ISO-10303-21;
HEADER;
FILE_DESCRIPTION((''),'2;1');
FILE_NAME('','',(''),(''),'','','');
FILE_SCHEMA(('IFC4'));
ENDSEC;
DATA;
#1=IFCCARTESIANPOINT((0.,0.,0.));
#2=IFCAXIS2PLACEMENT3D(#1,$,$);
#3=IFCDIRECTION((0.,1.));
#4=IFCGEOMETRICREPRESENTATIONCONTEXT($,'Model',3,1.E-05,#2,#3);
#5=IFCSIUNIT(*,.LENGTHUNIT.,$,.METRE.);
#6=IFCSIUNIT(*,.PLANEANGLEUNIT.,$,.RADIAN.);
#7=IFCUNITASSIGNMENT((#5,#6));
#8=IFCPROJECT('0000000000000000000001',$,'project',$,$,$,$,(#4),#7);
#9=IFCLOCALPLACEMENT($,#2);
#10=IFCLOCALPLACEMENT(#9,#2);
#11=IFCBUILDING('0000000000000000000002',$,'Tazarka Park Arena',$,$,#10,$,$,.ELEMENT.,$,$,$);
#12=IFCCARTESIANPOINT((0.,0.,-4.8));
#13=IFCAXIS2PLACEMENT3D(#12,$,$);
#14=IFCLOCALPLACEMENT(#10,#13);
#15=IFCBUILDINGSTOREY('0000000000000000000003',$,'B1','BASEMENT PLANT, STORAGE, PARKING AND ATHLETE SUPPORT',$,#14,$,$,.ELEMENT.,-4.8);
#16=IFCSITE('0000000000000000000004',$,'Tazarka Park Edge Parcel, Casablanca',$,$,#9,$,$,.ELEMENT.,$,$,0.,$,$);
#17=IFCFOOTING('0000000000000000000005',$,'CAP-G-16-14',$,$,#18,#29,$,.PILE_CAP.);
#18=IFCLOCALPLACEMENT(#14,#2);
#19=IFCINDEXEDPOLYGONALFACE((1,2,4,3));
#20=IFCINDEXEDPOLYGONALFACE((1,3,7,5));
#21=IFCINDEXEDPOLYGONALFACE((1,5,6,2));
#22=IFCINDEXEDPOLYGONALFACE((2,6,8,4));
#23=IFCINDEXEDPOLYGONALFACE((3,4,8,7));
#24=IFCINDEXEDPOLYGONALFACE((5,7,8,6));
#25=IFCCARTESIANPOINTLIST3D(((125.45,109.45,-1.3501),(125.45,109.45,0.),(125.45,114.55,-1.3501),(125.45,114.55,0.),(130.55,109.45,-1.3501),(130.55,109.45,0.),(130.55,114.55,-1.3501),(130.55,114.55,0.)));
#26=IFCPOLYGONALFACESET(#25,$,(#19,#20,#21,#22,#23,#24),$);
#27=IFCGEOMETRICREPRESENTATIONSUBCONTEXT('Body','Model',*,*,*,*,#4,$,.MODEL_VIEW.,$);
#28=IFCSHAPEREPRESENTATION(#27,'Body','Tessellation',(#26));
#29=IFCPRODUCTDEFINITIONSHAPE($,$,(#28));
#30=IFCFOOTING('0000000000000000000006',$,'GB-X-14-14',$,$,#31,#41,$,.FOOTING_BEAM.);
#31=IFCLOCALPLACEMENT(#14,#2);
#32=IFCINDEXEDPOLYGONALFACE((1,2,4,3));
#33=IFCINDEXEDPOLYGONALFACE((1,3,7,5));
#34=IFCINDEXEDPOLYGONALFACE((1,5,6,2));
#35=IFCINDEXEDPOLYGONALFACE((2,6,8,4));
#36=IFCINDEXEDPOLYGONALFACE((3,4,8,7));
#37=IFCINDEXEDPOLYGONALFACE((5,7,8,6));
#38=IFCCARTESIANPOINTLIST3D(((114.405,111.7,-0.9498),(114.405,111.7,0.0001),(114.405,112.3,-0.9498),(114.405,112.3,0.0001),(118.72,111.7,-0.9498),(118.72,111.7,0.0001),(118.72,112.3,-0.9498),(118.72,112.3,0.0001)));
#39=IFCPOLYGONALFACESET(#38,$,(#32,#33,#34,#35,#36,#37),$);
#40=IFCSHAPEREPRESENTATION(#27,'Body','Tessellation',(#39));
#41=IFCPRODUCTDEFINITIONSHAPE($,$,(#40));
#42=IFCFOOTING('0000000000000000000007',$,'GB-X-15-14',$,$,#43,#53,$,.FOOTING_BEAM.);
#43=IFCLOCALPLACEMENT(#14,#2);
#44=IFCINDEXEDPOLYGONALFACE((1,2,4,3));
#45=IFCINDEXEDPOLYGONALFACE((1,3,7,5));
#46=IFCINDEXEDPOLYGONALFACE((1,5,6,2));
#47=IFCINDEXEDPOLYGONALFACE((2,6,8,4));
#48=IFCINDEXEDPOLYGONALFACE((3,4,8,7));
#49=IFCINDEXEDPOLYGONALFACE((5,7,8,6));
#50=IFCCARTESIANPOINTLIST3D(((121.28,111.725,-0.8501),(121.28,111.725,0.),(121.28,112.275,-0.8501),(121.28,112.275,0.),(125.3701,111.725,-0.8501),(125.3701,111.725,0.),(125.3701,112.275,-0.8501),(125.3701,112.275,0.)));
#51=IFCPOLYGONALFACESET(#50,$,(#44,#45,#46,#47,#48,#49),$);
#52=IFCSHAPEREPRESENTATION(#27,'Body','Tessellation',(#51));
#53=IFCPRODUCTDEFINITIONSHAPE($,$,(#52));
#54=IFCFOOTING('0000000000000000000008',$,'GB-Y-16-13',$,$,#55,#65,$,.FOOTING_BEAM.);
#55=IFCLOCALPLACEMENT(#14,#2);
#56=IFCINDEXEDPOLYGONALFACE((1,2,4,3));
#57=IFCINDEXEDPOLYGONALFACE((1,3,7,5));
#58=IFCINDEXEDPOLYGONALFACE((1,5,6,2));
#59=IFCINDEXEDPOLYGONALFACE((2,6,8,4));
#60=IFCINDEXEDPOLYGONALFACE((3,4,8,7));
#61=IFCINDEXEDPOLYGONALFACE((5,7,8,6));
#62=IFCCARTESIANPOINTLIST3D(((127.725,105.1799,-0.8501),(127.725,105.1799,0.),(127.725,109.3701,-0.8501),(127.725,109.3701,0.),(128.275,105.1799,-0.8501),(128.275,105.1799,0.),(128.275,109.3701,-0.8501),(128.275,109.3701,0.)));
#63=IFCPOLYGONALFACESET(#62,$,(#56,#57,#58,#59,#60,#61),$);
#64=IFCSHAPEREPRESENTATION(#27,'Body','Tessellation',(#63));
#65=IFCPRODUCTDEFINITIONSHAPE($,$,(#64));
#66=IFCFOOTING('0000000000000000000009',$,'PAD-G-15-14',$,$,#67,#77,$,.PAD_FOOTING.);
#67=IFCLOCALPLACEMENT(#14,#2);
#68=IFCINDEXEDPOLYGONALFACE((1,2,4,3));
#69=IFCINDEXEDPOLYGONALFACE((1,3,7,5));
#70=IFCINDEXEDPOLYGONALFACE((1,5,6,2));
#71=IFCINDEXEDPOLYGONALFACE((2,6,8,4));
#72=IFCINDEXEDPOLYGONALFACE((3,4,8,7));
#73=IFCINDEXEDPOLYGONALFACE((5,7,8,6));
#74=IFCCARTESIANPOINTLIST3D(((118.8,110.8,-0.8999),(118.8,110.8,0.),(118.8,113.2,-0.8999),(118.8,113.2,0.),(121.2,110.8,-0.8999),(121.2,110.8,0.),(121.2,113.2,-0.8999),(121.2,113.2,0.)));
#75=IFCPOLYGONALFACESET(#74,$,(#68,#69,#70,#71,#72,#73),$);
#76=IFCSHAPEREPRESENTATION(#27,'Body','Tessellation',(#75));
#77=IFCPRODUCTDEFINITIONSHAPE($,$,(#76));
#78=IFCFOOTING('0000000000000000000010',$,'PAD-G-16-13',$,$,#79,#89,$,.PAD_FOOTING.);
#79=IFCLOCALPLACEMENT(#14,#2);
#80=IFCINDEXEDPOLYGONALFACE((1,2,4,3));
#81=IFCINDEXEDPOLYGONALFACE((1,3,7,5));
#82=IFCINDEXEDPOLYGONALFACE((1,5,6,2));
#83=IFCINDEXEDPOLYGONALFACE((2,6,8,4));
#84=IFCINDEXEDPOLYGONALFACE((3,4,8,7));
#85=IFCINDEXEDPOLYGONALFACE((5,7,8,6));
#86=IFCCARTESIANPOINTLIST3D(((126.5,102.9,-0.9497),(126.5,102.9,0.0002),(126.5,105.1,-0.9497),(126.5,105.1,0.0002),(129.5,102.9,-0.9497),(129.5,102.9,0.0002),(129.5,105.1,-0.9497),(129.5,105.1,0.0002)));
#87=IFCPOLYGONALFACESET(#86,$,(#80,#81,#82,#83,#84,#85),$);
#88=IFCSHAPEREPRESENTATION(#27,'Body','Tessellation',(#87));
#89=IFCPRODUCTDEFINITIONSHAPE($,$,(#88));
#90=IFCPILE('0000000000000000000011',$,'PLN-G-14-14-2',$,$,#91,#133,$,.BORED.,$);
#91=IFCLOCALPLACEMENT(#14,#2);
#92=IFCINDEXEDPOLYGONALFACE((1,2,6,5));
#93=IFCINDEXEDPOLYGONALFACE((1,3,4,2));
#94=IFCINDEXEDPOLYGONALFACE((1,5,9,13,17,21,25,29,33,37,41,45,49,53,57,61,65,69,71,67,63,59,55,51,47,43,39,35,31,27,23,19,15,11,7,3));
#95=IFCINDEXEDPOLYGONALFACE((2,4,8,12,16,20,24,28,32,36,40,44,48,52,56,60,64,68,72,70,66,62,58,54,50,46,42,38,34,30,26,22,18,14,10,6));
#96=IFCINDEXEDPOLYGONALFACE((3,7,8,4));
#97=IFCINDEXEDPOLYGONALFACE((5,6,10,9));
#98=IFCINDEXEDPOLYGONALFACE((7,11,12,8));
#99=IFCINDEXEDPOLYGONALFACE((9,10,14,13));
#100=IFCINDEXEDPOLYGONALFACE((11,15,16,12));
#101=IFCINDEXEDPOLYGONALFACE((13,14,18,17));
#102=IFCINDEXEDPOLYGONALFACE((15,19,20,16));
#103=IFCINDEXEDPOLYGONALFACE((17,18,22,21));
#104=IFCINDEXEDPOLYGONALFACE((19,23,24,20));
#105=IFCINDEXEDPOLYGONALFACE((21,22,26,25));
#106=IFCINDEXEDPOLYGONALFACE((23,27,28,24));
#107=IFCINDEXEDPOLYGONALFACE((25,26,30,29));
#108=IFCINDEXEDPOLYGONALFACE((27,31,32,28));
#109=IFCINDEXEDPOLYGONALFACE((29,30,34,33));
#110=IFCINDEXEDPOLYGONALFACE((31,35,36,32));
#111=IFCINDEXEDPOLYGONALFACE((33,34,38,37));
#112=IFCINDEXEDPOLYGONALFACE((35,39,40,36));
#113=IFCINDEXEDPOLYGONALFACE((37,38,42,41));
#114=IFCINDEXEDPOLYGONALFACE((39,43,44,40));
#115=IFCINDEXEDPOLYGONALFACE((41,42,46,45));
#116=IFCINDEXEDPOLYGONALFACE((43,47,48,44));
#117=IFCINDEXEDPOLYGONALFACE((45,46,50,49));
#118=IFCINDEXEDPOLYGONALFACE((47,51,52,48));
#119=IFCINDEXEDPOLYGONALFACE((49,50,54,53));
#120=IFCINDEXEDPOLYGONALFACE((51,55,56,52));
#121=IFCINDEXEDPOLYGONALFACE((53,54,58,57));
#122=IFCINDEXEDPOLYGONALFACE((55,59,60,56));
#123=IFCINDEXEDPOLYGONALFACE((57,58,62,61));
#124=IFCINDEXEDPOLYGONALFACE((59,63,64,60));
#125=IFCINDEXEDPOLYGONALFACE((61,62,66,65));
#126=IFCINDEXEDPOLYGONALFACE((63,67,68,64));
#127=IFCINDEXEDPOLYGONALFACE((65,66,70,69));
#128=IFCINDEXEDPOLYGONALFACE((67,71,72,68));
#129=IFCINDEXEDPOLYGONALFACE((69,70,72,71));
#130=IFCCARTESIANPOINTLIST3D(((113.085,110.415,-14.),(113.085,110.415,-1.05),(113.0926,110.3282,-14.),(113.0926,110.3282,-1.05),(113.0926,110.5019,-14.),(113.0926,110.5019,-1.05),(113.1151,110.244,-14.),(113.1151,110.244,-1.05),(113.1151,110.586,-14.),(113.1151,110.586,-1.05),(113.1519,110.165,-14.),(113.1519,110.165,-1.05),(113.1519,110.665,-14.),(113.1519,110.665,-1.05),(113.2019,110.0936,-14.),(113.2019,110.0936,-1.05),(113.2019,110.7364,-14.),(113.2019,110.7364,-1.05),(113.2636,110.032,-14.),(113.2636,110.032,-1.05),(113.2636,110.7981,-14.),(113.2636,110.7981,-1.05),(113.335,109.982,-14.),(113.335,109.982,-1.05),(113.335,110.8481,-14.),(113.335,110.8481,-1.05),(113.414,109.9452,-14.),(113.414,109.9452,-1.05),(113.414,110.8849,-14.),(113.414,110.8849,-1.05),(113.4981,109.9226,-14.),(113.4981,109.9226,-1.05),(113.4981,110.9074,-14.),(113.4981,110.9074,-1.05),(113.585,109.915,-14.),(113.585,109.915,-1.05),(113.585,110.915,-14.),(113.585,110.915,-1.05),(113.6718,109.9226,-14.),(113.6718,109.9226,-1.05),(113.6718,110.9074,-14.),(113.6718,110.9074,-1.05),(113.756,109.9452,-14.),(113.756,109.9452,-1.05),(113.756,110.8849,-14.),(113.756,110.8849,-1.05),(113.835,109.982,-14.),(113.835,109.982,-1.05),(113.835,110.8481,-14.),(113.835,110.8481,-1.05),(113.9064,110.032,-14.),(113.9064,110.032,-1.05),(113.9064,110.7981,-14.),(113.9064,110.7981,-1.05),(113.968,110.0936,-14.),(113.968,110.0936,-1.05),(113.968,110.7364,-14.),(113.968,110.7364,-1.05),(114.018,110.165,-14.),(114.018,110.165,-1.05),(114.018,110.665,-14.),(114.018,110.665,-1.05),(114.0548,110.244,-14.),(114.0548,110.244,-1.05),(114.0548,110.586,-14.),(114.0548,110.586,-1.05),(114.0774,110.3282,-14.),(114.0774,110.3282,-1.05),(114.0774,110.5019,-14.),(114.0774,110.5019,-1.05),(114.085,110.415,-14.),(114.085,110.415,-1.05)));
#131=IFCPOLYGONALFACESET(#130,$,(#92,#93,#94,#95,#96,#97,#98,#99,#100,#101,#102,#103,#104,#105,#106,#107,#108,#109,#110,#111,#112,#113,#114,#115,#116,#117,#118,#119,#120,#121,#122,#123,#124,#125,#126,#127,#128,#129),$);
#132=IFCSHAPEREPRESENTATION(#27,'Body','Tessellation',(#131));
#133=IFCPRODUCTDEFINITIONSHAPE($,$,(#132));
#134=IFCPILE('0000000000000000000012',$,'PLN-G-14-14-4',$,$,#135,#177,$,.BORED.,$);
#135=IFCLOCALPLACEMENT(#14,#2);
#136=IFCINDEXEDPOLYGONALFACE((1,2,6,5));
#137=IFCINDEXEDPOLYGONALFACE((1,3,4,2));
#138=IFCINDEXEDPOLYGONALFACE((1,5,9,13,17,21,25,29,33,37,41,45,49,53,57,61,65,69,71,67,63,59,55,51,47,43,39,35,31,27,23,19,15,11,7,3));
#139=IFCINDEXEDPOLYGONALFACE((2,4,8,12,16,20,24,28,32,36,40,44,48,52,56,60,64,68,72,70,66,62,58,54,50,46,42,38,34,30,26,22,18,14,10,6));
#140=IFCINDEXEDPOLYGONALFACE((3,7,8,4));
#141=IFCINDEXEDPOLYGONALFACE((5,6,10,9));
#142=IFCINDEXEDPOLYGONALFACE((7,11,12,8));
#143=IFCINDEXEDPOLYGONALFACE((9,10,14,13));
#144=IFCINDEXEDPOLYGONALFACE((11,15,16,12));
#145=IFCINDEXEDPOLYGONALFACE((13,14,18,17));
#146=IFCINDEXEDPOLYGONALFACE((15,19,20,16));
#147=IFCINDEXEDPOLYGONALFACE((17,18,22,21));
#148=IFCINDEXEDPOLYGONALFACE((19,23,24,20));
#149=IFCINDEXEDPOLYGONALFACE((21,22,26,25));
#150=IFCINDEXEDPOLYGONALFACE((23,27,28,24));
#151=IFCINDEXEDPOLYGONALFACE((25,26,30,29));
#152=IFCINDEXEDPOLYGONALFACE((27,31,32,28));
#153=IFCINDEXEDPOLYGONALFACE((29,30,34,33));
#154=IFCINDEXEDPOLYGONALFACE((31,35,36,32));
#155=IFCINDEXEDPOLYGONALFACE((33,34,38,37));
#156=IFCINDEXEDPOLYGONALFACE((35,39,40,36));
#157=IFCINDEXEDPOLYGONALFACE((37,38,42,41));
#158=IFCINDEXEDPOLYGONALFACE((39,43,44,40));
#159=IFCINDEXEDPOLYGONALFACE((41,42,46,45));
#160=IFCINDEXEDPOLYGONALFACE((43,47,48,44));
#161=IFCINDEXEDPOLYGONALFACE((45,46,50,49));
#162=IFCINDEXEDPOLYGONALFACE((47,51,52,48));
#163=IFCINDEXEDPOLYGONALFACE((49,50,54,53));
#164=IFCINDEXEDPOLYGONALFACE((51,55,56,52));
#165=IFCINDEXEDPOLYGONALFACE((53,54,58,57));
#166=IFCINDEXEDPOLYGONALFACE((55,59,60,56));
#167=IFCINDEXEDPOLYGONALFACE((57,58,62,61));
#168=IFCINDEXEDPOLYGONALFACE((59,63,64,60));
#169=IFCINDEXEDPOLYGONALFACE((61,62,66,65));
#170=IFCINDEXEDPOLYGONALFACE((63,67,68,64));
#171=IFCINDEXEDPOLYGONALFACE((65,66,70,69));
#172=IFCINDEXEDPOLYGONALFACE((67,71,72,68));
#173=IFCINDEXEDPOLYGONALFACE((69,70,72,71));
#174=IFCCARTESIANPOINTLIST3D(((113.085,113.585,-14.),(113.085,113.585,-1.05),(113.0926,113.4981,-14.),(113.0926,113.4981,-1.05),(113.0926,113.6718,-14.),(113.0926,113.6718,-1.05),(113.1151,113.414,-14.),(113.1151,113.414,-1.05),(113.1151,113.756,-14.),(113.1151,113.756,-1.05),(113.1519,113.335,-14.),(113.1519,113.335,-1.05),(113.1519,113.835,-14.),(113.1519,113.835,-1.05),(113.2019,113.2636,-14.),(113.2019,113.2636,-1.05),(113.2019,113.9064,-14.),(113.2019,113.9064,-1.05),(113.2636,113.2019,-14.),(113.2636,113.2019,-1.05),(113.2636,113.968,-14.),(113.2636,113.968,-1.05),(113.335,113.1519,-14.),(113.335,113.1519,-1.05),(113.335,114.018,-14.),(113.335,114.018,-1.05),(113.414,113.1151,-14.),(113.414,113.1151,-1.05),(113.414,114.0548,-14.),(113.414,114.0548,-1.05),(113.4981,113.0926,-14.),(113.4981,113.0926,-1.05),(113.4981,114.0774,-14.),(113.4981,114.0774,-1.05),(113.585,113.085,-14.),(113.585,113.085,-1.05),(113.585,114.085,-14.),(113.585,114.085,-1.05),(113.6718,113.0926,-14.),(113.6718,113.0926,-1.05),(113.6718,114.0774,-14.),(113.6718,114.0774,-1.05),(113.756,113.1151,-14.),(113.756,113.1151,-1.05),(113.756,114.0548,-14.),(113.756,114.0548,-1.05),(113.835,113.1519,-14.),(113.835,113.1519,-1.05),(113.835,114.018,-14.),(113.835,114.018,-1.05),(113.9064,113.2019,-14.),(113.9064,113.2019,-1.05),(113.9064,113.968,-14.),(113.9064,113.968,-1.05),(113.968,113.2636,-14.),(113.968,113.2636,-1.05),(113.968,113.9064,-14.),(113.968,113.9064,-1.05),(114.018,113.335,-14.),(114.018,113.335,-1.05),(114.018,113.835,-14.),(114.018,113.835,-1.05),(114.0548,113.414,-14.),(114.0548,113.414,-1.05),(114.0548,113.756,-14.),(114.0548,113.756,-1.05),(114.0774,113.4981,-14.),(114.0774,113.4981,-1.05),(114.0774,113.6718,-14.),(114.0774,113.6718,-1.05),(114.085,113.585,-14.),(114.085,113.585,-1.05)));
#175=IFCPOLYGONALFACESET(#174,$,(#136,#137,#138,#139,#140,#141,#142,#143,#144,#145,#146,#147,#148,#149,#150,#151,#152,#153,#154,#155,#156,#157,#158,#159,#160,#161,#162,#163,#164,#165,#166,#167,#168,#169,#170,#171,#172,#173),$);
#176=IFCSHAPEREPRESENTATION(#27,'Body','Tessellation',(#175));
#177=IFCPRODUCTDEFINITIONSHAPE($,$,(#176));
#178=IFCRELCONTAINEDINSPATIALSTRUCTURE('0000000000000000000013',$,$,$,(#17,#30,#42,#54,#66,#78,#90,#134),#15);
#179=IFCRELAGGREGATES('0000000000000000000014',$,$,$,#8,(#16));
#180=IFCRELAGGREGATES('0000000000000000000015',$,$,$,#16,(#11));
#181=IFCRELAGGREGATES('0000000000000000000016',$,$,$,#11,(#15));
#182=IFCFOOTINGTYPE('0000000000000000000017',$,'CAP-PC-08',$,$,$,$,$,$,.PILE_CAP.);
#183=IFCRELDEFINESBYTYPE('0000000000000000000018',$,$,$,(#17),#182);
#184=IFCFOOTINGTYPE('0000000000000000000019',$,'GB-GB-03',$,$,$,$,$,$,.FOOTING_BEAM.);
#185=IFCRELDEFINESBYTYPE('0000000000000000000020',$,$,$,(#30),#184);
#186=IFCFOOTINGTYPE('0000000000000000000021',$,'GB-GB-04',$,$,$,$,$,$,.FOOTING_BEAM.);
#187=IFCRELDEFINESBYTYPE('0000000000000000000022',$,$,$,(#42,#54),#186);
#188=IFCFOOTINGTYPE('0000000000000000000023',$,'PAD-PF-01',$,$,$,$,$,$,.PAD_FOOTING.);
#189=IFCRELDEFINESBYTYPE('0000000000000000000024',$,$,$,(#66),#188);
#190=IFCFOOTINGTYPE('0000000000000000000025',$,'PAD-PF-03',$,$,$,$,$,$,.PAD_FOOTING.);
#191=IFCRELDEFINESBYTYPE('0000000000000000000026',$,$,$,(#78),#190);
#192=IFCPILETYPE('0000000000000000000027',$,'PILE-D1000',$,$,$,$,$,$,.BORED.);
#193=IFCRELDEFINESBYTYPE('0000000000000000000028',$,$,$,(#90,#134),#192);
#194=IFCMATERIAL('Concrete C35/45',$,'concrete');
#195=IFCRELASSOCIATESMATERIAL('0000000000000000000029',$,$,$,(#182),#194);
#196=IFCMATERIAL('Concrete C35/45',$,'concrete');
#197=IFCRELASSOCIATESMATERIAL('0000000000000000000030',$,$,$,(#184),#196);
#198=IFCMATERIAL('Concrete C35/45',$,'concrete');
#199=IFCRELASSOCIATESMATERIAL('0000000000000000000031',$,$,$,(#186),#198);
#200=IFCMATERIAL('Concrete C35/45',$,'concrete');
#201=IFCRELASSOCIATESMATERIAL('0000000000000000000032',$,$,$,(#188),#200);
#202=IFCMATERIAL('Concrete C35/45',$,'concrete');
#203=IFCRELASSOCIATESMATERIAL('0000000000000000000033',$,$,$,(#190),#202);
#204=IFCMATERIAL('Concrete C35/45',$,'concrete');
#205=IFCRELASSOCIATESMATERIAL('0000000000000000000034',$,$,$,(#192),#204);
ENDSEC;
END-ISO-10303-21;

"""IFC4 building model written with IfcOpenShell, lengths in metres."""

from ifc_helpers import new_model, si_unit, direction, frame, origin, origin_2d, place, context, subcontext, project, spatial, rectangle, circle, extrude, material, material_profile, profile_set, type_object, element, save


model = new_model("IFC4")

# Units and contexts
model_context = context("Model", 3, precision=1e-05, world=origin(), true_north=direction((0.0, 1.0)))
body_context = subcontext(model_context, "Body", "Model", "MODEL_VIEW")
ifc_project = project(units=[si_unit("LENGTHUNIT", "METRE"), si_unit("PLANEANGLEUNIT", "RADIAN")], contexts=[model_context])

# Site, building, storey
site_placement = place(None, origin())
site = spatial("IfcSite", under=ifc_project, at=site_placement, Name="Tazarka Park Edge Parcel, Casablanca", CompositionType="ELEMENT", RefElevation=0.0)
building_placement = place(site_placement, origin())
building = spatial("IfcBuilding", under=site, at=building_placement, Name="Tazarka Park Arena", CompositionType="ELEMENT")
storey_placement = place(building_placement, frame((0.0, 0.0, -4.8)))
storey = spatial("IfcBuildingStorey", under=building, at=storey_placement, Name="B1", Description="BASEMENT PLANT, STORAGE, PARKING AND ATHLETE SUPPORT", CompositionType="ELEMENT", Elevation=-4.8)

# Footings
ifc_material_1 = material(Name="Concrete C35/45", Category="concrete")
footing_type_1 = type_object("IfcFootingType", Name="CAP-PC-08", PredefinedType="PILE_CAP", material=ifc_material_1)
footing_1_placement = place(storey_placement, frame((128.0, 112.0, -1.3501), z_axis=(0.0, 0.0, 1.0), x_axis=(1.0, 0.0, 0.0)))
element("IfcFooting", 1, at=footing_1_placement, inside=storey, type_object=footing_type_1, Name="CAP-G-16-14", PredefinedType="PILE_CAP", context=body_context, shape_type="SweptSolid", body=[
    extrude(rectangle(XDim=5.1001, YDim=5.1001, at=origin_2d()), origin(), (0.0, 0.0, 1.0), 1.3501),
])
ifc_material_2 = material(Name="Concrete C35/45", Category="concrete")
ifc_material_profile_1 = material_profile(ifc_material_2, rectangle(XDim=0.6001, YDim=0.95, at=origin_2d()), Name="Concrete C35/45")
ifc_profile_set_1 = profile_set([ifc_material_profile_1], Name="Concrete C35/45")
footing_type_2 = type_object("IfcFootingType", Name="GB-GB-03", PredefinedType="FOOTING_BEAM", material=ifc_profile_set_1)
footing_2_placement = place(storey_placement, frame((114.405, 112.0, -0.4749), z_axis=(1.0, 0.0, 0.0), x_axis=(0.0, 1.0, 0.0)))
element("IfcFooting", 2, at=footing_2_placement, inside=storey, type_object=footing_type_2, Name="GB-X-14-14", PredefinedType="FOOTING_BEAM", context=body_context, shape_type="SweptSolid", body=[
    extrude(rectangle(XDim=0.6001, YDim=0.95, at=origin_2d()), origin(), (0.0, 0.0, 1.0), 4.3149),
])
ifc_material_3 = material(Name="Concrete C35/45", Category="concrete")
ifc_material_profile_2 = material_profile(ifc_material_3, rectangle(XDim=0.55, YDim=0.8501, at=origin_2d()), Name="Concrete C35/45")
ifc_profile_set_2 = profile_set([ifc_material_profile_2], Name="Concrete C35/45")
footing_type_3 = type_object("IfcFootingType", Name="GB-GB-04", PredefinedType="FOOTING_BEAM", material=ifc_profile_set_2)
footing_3_placement = place(storey_placement, frame((121.28, 112.0, -0.425), z_axis=(1.0, 0.0, 0.0), x_axis=(0.0, 1.0, 0.0)))
element("IfcFooting", 3, at=footing_3_placement, inside=storey, type_object=footing_type_3, Name="GB-X-15-14", PredefinedType="FOOTING_BEAM", context=body_context, shape_type="SweptSolid", body=[
    extrude(rectangle(XDim=0.55, YDim=0.8501, at=origin_2d()), origin(), (0.0, 0.0, 1.0), 4.0901),
])
footing_4_placement = place(storey_placement, frame((128.0, 105.1799, -0.425), z_axis=(0.0, 1.0, 0.0), x_axis=(-1.0, 0.0, 0.0)))
element("IfcFooting", 4, at=footing_4_placement, inside=storey, type_object=footing_type_3, Name="GB-Y-16-13", PredefinedType="FOOTING_BEAM", context=body_context, shape_type="SweptSolid", body=[
    extrude(rectangle(XDim=0.55, YDim=0.8501, at=origin_2d()), origin(), (0.0, 0.0, 1.0), 4.1902),
])
ifc_material_4 = material(Name="Concrete C35/45", Category="concrete")
footing_type_4 = type_object("IfcFootingType", Name="PAD-PF-01", PredefinedType="PAD_FOOTING", material=ifc_material_4)
footing_5_placement = place(storey_placement, frame((120.0, 112.0, -0.8999), z_axis=(0.0, 0.0, 1.0), x_axis=(1.0, 0.0, 0.0)))
element("IfcFooting", 5, at=footing_5_placement, inside=storey, type_object=footing_type_4, Name="PAD-G-15-14", PredefinedType="PAD_FOOTING", context=body_context, shape_type="SweptSolid", body=[
    extrude(rectangle(XDim=2.3999, YDim=2.3999, at=origin_2d()), origin(), (0.0, 0.0, 1.0), 0.8999),
])
ifc_material_5 = material(Name="Concrete C35/45", Category="concrete")
footing_type_5 = type_object("IfcFootingType", Name="PAD-PF-03", PredefinedType="PAD_FOOTING", material=ifc_material_5)
footing_6_placement = place(storey_placement, frame((128.0, 104.0, -0.9497), z_axis=(0.0, 0.0, 1.0), x_axis=(1.0, 0.0, 0.0)))
element("IfcFooting", 6, at=footing_6_placement, inside=storey, type_object=footing_type_5, Name="PAD-G-16-13", PredefinedType="PAD_FOOTING", context=body_context, shape_type="SweptSolid", body=[
    extrude(rectangle(XDim=3.0, YDim=2.2, at=origin_2d()), origin(), (0.0, 0.0, 1.0), 0.95),
])

# Piles
ifc_material_6 = material(Name="Concrete C35/45", Category="concrete")
ifc_material_profile_3 = material_profile(ifc_material_6, circle(Radius=0.5, at=origin_2d()), Name="Concrete C35/45")
ifc_profile_set_3 = profile_set([ifc_material_profile_3], Name="Concrete C35/45")
pile_type_1 = type_object("IfcPileType", Name="PILE-D1000", PredefinedType="BORED", material=ifc_profile_set_3)
for number, where, z_axis, x_axis, name in (
    (7, (113.585, 110.415, -1.05), (0.0, 0.0, -1.0), (1.0, 0.0, 0.0), "PLN-G-14-14-2"),
    (8, (113.585, 113.585, -1.05), (0.0, 0.0, -1.0), (1.0, 0.0, 0.0), "PLN-G-14-14-4"),
):
    element("IfcPile", number, at=place(storey_placement, frame(where, z_axis=z_axis, x_axis=x_axis)), inside=storey, type_object=pile_type_1, Name=name, PredefinedType="BORED", context=body_context, shape_type="SweptSolid", body=[
        extrude(circle(Radius=0.5, at=origin_2d()), origin(), (0.0, 0.0, 1.0), 12.95),
    ])

save(model, "model.ifc")
